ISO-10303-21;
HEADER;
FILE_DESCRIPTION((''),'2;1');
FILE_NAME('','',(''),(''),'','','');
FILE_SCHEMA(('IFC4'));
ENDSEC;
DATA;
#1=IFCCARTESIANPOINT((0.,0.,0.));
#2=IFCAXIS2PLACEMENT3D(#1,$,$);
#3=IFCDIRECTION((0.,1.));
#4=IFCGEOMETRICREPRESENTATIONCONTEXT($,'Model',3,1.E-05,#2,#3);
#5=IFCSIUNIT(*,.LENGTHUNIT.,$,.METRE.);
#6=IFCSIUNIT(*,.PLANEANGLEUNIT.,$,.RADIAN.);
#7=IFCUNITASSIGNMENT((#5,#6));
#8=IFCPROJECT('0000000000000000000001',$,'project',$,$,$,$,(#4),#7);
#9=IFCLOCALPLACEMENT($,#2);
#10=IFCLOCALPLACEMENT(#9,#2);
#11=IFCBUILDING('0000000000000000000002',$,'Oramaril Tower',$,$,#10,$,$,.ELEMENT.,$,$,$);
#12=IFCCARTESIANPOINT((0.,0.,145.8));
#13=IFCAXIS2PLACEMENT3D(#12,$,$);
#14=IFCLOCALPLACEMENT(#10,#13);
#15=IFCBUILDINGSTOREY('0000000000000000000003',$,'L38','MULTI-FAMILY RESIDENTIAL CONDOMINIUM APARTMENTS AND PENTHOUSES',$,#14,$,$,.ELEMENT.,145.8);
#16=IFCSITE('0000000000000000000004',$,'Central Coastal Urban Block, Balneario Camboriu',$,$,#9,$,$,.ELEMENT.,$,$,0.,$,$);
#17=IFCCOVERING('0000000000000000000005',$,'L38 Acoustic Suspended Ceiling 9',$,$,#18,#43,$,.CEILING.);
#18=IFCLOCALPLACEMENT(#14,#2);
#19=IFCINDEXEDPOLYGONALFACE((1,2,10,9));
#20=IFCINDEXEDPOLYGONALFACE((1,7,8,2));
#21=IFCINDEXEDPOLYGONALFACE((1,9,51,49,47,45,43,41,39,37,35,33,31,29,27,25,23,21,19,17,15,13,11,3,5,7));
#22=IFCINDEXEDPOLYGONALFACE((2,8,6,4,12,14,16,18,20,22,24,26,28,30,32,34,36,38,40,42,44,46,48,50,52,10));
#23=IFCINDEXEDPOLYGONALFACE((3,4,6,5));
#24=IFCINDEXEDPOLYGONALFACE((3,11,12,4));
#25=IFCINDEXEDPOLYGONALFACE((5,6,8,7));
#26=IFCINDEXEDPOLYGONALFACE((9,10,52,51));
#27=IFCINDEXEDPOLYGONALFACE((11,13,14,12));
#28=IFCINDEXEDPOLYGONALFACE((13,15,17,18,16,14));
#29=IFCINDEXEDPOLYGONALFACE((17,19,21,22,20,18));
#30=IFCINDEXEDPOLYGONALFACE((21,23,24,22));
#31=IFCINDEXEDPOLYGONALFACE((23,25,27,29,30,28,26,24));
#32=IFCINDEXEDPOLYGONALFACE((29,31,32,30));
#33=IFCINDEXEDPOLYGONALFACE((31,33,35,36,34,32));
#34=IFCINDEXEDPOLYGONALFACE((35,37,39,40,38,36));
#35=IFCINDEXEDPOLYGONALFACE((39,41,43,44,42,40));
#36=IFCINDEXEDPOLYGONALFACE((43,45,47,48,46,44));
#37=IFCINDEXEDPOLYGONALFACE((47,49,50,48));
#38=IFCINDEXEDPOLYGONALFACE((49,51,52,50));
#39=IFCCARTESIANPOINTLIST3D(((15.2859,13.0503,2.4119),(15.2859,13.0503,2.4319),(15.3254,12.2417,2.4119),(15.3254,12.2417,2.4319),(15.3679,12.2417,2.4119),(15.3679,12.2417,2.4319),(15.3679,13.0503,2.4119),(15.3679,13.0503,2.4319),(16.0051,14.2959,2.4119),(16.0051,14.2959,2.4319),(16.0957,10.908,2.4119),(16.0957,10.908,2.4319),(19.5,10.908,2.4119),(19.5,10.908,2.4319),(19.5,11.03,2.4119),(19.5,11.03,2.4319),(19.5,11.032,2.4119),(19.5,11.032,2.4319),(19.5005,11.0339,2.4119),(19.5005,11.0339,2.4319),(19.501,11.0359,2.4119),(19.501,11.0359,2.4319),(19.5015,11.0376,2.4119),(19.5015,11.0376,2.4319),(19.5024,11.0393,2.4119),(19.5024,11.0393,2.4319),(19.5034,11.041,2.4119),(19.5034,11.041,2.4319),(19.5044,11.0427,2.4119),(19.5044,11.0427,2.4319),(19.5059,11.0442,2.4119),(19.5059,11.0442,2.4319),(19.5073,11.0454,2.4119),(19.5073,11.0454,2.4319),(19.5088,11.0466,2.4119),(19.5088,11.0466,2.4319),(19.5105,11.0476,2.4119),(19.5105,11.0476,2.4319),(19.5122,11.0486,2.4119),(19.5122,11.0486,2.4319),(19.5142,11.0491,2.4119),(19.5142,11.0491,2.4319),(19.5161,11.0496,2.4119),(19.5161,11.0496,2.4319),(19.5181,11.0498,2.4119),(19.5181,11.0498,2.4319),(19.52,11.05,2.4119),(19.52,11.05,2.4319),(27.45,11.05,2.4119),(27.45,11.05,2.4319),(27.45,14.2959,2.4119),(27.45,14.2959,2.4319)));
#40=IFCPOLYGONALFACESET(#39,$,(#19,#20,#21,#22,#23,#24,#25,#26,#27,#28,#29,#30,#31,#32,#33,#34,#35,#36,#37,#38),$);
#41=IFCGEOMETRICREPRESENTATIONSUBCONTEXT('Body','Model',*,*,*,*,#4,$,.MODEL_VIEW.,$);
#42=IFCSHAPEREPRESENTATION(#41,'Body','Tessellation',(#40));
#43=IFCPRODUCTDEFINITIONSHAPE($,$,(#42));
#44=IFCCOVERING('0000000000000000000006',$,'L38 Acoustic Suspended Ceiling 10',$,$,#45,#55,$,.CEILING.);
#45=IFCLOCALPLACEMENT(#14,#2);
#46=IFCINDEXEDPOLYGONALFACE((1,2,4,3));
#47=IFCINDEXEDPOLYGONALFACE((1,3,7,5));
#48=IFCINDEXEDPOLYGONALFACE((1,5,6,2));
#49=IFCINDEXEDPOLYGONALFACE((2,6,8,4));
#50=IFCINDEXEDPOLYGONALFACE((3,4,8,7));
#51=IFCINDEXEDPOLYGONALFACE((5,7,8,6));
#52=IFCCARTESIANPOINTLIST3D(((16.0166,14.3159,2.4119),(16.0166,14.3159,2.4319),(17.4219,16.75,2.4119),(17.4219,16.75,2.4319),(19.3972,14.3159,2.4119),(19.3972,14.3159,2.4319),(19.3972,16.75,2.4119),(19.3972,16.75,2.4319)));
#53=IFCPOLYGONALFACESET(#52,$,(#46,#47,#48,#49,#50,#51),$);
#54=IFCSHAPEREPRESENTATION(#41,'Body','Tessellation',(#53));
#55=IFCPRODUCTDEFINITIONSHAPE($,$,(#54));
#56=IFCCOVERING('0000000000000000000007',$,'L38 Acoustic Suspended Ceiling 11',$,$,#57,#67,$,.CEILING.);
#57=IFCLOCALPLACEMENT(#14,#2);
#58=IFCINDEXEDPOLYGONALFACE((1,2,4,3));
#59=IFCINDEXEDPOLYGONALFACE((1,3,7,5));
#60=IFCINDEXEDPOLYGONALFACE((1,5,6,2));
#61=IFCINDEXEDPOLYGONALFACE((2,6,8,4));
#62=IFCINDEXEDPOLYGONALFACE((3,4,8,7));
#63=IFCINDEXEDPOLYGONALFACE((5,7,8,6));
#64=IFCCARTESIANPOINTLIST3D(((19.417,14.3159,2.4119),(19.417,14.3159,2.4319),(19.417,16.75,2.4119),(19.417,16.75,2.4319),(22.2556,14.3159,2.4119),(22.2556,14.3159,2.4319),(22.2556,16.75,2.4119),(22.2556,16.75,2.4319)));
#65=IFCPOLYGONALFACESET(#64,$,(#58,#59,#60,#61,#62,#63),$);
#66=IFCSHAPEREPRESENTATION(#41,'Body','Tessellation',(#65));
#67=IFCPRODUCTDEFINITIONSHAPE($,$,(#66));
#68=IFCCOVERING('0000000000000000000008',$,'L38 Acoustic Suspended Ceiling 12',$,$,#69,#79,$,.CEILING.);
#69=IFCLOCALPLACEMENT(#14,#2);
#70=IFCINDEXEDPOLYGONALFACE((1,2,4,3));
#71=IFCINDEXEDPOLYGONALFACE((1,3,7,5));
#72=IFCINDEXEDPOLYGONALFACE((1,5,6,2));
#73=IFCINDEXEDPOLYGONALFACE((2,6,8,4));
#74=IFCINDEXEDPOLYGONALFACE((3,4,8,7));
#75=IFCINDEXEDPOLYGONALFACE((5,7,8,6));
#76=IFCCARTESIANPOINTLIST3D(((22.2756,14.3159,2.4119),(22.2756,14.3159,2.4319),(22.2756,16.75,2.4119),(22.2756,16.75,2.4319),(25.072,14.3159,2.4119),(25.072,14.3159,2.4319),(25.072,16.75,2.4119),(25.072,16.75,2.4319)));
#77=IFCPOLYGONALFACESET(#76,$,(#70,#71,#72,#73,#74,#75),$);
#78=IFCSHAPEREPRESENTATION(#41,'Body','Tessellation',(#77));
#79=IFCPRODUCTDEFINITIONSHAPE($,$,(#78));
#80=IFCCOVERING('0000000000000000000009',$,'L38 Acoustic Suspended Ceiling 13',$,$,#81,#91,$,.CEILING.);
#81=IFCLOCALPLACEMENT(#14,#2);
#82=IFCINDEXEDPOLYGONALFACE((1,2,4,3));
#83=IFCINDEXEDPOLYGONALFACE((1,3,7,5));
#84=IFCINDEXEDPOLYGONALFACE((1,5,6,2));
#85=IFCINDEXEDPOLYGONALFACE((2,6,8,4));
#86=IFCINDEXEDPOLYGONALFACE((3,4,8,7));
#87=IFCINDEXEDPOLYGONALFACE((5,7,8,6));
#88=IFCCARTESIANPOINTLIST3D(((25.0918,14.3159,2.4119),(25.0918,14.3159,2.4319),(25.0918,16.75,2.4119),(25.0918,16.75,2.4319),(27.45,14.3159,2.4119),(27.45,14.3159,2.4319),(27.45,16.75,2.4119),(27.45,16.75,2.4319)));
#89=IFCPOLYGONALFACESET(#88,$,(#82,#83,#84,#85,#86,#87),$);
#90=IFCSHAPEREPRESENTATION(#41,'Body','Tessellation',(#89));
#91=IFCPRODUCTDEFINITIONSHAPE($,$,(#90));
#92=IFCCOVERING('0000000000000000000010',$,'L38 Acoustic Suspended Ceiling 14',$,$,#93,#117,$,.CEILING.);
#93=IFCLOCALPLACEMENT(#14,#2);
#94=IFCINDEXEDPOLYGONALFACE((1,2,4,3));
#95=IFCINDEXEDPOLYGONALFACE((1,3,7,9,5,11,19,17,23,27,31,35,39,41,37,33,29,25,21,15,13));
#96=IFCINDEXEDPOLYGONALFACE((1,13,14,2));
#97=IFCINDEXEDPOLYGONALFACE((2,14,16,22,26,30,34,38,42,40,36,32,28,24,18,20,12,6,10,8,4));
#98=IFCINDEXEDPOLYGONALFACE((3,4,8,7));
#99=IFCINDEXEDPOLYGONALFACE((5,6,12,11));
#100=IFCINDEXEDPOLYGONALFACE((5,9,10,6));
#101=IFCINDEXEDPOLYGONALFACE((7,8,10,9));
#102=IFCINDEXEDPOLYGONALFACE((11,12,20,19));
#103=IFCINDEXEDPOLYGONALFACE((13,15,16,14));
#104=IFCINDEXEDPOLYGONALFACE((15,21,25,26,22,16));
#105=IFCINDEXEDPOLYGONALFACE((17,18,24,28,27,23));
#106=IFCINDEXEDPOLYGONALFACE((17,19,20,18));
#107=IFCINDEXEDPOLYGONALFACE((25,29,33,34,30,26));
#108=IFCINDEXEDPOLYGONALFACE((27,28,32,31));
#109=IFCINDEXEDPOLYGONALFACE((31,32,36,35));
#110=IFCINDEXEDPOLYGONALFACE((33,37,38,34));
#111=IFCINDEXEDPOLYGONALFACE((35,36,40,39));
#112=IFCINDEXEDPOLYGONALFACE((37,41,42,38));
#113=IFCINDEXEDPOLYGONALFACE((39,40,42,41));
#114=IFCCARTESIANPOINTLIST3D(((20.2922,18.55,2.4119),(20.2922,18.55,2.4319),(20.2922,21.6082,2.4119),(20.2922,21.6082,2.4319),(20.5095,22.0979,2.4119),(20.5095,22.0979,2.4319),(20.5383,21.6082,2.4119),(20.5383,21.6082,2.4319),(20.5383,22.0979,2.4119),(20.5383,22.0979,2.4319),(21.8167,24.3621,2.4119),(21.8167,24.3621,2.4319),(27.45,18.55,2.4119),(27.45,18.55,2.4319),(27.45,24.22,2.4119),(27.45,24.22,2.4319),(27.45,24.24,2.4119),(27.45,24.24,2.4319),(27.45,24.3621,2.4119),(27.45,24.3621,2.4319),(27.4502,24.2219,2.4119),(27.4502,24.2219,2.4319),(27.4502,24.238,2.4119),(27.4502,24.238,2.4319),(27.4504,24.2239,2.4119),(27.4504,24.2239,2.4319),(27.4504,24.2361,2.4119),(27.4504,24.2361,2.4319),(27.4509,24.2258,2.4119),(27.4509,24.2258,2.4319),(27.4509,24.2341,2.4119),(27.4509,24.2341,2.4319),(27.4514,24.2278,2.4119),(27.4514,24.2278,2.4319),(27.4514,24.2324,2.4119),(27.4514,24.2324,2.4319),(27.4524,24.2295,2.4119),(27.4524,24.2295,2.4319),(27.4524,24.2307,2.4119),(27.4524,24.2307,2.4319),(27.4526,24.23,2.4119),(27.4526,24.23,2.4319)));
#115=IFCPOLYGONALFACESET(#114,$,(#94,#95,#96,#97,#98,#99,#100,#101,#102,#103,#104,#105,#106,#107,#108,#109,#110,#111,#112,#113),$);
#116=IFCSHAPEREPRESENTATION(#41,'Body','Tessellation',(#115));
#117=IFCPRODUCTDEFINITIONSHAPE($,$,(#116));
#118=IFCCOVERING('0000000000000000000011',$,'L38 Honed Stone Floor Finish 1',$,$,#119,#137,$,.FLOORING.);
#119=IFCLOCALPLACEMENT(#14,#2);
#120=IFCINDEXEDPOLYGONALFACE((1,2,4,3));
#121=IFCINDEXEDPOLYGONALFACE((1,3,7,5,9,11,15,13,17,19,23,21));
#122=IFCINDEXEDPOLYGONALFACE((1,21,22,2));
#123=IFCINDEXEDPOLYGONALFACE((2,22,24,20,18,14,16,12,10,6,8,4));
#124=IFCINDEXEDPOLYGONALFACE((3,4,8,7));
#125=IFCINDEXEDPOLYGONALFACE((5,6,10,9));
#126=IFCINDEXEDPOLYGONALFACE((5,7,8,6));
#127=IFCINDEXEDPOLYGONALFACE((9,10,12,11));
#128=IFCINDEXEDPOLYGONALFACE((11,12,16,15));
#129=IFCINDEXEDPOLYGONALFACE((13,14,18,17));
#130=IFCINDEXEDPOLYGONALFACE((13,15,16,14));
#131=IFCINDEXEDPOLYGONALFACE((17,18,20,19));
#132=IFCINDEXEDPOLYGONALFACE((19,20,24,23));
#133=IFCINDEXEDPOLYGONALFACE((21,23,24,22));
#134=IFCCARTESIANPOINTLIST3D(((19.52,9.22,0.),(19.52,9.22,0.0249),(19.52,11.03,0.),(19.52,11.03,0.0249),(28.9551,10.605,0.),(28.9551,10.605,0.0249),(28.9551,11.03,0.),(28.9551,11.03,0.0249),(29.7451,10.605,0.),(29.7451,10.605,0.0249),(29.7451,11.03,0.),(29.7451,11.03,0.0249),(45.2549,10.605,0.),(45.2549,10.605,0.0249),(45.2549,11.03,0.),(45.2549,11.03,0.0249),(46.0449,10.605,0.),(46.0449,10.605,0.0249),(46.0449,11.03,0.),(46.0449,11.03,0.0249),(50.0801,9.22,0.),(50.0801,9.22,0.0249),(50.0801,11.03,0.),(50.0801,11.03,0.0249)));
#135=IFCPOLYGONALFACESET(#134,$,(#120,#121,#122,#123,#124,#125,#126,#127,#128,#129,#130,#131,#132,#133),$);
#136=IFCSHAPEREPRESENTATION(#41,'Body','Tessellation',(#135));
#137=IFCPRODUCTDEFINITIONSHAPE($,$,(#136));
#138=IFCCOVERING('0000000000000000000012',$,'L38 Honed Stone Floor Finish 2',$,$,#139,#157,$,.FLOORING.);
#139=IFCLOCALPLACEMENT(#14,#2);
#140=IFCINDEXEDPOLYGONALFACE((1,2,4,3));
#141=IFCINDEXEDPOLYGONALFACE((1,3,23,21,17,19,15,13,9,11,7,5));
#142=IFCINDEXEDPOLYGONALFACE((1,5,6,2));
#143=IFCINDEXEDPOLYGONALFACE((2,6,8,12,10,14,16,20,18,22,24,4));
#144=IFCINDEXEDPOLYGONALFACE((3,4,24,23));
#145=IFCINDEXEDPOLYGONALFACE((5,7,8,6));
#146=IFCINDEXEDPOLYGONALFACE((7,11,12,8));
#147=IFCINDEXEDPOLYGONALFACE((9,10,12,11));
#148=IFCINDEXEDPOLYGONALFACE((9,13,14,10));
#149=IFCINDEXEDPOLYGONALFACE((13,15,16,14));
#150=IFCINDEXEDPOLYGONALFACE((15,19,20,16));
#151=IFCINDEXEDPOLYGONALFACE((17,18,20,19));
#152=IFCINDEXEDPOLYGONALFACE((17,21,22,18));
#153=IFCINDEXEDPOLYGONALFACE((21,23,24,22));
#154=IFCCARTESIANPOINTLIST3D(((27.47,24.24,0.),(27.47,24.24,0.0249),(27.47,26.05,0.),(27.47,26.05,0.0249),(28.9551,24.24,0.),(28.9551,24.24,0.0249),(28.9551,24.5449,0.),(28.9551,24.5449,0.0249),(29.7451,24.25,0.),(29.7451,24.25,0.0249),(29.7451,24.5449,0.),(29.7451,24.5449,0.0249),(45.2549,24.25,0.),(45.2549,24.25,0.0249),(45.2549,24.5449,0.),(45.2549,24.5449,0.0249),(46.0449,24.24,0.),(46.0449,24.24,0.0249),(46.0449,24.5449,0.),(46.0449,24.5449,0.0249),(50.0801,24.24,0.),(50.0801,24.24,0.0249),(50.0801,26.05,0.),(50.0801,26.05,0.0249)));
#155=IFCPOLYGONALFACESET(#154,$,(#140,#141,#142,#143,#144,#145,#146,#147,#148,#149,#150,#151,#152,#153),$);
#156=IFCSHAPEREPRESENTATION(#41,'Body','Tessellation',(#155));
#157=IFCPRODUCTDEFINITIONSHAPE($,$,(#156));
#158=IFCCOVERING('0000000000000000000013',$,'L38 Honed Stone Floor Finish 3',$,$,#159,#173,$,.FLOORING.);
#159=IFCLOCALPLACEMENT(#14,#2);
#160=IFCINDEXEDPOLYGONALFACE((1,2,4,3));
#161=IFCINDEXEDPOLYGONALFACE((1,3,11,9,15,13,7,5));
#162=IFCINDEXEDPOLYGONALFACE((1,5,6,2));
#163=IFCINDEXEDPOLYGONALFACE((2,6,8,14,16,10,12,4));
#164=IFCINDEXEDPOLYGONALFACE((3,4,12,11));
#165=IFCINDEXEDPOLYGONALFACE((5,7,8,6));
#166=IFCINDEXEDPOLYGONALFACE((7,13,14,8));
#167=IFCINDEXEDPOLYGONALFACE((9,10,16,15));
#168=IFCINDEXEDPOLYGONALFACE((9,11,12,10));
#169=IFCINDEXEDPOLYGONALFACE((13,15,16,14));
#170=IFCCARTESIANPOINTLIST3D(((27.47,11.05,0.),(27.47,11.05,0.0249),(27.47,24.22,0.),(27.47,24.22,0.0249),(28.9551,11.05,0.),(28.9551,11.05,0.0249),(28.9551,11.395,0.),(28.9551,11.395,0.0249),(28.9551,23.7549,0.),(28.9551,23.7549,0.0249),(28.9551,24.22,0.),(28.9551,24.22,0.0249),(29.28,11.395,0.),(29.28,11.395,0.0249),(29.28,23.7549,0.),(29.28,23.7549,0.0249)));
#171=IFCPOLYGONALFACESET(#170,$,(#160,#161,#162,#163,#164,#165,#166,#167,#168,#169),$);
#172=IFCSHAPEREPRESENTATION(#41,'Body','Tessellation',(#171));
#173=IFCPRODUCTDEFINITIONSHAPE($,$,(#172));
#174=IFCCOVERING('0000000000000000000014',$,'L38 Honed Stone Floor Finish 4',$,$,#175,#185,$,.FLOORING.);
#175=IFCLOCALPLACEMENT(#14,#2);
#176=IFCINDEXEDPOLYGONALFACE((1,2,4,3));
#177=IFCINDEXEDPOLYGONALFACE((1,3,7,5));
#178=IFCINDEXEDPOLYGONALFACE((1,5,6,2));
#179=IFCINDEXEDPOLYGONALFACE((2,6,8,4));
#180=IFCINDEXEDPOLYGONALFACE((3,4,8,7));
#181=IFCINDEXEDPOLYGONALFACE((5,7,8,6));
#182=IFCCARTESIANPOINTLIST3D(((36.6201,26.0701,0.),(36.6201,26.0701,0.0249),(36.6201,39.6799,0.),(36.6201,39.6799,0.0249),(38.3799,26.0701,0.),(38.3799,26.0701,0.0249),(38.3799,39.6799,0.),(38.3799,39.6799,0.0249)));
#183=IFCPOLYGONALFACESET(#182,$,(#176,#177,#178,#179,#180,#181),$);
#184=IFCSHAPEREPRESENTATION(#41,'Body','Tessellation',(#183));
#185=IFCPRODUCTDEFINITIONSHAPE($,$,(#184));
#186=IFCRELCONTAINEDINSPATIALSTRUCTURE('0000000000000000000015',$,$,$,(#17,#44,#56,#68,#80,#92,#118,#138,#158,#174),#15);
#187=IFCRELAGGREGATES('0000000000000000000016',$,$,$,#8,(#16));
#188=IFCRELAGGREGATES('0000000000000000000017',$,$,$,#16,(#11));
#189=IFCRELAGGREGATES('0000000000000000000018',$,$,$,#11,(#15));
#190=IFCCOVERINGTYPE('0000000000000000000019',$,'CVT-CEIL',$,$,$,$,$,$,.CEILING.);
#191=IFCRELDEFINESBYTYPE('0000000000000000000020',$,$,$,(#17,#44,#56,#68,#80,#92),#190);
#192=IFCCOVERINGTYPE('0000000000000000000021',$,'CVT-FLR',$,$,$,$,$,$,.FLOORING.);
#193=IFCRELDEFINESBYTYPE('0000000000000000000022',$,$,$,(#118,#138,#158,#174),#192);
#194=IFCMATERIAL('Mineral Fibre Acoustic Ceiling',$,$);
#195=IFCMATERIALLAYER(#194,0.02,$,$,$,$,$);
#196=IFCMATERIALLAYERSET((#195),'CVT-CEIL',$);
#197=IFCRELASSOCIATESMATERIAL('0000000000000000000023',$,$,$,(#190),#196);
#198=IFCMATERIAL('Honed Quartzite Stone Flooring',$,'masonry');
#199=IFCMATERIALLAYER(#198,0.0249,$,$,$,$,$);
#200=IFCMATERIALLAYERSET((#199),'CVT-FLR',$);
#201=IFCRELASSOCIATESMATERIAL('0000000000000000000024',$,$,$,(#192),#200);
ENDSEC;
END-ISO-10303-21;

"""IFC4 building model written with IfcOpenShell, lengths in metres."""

from ifc_helpers import new_model, si_unit, direction, frame, origin, place, context, subcontext, project, spatial, polyline, outline, extrude, material, layer, layer_set, type_object, element, save


model = new_model("IFC4")

# Units and contexts
model_context = context("Model", 3, precision=1e-05, world=origin(), true_north=direction((0.0, 1.0)))
body_context = subcontext(model_context, "Body", "Model", "MODEL_VIEW")
ifc_project = project(units=[si_unit("LENGTHUNIT", "METRE"), si_unit("PLANEANGLEUNIT", "RADIAN")], contexts=[model_context])

# Site, building, storey
site_placement = place(None, origin())
site = spatial("IfcSite", under=ifc_project, at=site_placement, Name="Central Coastal Urban Block, Balneario Camboriu", CompositionType="ELEMENT", RefElevation=0.0)
building_placement = place(site_placement, origin())
building = spatial("IfcBuilding", under=site, at=building_placement, Name="Oramaril Tower", CompositionType="ELEMENT")
storey_placement = place(building_placement, frame((0.0, 0.0, 145.8)))
storey = spatial("IfcBuildingStorey", under=building, at=storey_placement, Name="L38", Description="MULTI-FAMILY RESIDENTIAL CONDOMINIUM APARTMENTS AND PENTHOUSES", CompositionType="ELEMENT", Elevation=145.8)

# Coverings
ifc_material_1 = material(Name="Mineral Fibre Acoustic Ceiling")
ifc_layer_1 = layer(ifc_material_1, 0.02)
ifc_layer_set_1 = layer_set([ifc_layer_1], Name="CVT-CEIL")
covering_type_1 = type_object("IfcCoveringType", Name="CVT-CEIL", PredefinedType="CEILING", material=ifc_layer_set_1)
covering_1_placement = place(storey_placement, frame((0.0, 0.0, 2.4119)))
element("IfcCovering", 1, at=covering_1_placement, inside=storey, type_object=covering_type_1, Name="L38 Acoustic Suspended Ceiling 9", PredefinedType="CEILING", context=body_context, shape_type="SweptSolid", body=[
    extrude(outline(polyline([(16.0957, 10.908), (15.3254, 12.2417), (15.3679, 12.2417), (15.3679, 13.0503), (15.2859, 13.0503), (16.0051, 14.2959), (27.45, 14.2959), (27.45, 11.05), (19.52, 11.05), (19.5181, 11.0498), (19.5161, 11.0496), (19.5142, 11.0491), (19.5122, 11.0486), (19.5105, 11.0476), (19.5088, 11.0466), (19.5073, 11.0454), (19.5059, 11.0442), (19.5044, 11.0427), (19.5034, 11.041), (19.5024, 11.0393), (19.5015, 11.0376), (19.501, 11.0359), (19.5005, 11.0339), (19.5, 11.032), (19.5, 11.03), (19.5, 10.908), (16.0957, 10.908)])), origin(), (0.0, 0.0, 1.0), 0.02),
])
covering_2_placement = place(storey_placement, frame((0.0, 0.0, 2.4119)))
element("IfcCovering", 2, at=covering_2_placement, inside=storey, type_object=covering_type_1, Name="L38 Acoustic Suspended Ceiling 10", PredefinedType="CEILING", context=body_context, shape_type="SweptSolid", body=[
    extrude(outline(polyline([(17.4219, 16.75), (19.3972, 16.75), (19.3972, 14.3159), (16.0166, 14.3159), (17.4219, 16.75)])), origin(), (0.0, 0.0, 1.0), 0.02),
])
covering_3_placement = place(storey_placement, frame((0.0, 0.0, 2.4119)))
element("IfcCovering", 3, at=covering_3_placement, inside=storey, type_object=covering_type_1, Name="L38 Acoustic Suspended Ceiling 11", PredefinedType="CEILING", context=body_context, shape_type="SweptSolid", body=[
    extrude(outline(polyline([(22.2556, 14.3159), (19.417, 14.3159), (19.417, 16.75), (22.2556, 16.75), (22.2556, 14.3159)])), origin(), (0.0, 0.0, 1.0), 0.02),
])
covering_4_placement = place(storey_placement, frame((0.0, 0.0, 2.4119)))
element("IfcCovering", 4, at=covering_4_placement, inside=storey, type_object=covering_type_1, Name="L38 Acoustic Suspended Ceiling 12", PredefinedType="CEILING", context=body_context, shape_type="SweptSolid", body=[
    extrude(outline(polyline([(25.072, 14.3159), (22.2756, 14.3159), (22.2756, 16.75), (25.072, 16.75), (25.072, 14.3159)])), origin(), (0.0, 0.0, 1.0), 0.02),
])
covering_5_placement = place(storey_placement, frame((0.0, 0.0, 2.4119)))
element("IfcCovering", 5, at=covering_5_placement, inside=storey, type_object=covering_type_1, Name="L38 Acoustic Suspended Ceiling 13", PredefinedType="CEILING", context=body_context, shape_type="SweptSolid", body=[
    extrude(outline(polyline([(25.0918, 16.75), (27.45, 16.75), (27.45, 14.3159), (25.0918, 14.3159), (25.0918, 16.75)])), origin(), (0.0, 0.0, 1.0), 0.02),
])
covering_6_placement = place(storey_placement, frame((0.0, 0.0, 2.4119)))
element("IfcCovering", 6, at=covering_6_placement, inside=storey, type_object=covering_type_1, Name="L38 Acoustic Suspended Ceiling 14", PredefinedType="CEILING", context=body_context, shape_type="SweptSolid", body=[
    extrude(outline(polyline([(20.2922, 21.6082), (20.5383, 21.6082), (20.5383, 22.0979), (20.5095, 22.0979), (21.8167, 24.3621), (27.45, 24.3621), (27.45, 24.24), (27.4502, 24.238), (27.4504, 24.2361), (27.4509, 24.2341), (27.4514, 24.2324), (27.4524, 24.2307), (27.4526, 24.23), (27.4524, 24.2295), (27.4514, 24.2278), (27.4509, 24.2258), (27.4504, 24.2239), (27.4502, 24.2219), (27.45, 24.22), (27.45, 18.55), (20.2922, 18.55), (20.2922, 21.6082)])), origin(), (0.0, 0.0, 1.0), 0.02),
])
ifc_material_2 = material(Name="Honed Quartzite Stone Flooring", Category="masonry")
ifc_layer_2 = layer(ifc_material_2, 0.0249)
ifc_layer_set_2 = layer_set([ifc_layer_2], Name="CVT-FLR")
covering_type_2 = type_object("IfcCoveringType", Name="CVT-FLR", PredefinedType="FLOORING", material=ifc_layer_set_2)
covering_7_placement = place(storey_placement, origin())
element("IfcCovering", 7, at=covering_7_placement, inside=storey, type_object=covering_type_2, Name="L38 Honed Stone Floor Finish 1", PredefinedType="FLOORING", context=body_context, shape_type="SweptSolid", body=[
    extrude(outline(polyline([(28.9551, 10.605), (29.7451, 10.605), (29.7451, 11.03), (45.2549, 11.03), (45.2549, 10.605), (46.0449, 10.605), (46.0449, 11.03), (50.0801, 11.03), (50.0801, 9.22), (19.52, 9.22), (19.52, 11.03), (28.9551, 11.03), (28.9551, 10.605)])), origin(), (0.0, 0.0, 1.0), 0.0249),
])
covering_8_placement = place(storey_placement, origin())
element("IfcCovering", 8, at=covering_8_placement, inside=storey, type_object=covering_type_2, Name="L38 Honed Stone Floor Finish 2", PredefinedType="FLOORING", context=body_context, shape_type="SweptSolid", body=[
    extrude(outline(polyline([(50.0801, 24.24), (46.0449, 24.24), (46.0449, 24.5449), (45.2549, 24.5449), (45.2549, 24.25), (29.7451, 24.25), (29.7451, 24.5449), (28.9551, 24.5449), (28.9551, 24.24), (27.47, 24.24), (27.47, 26.05), (50.0801, 26.05), (50.0801, 24.24)])), origin(), (0.0, 0.0, 1.0), 0.0249),
])
covering_9_placement = place(storey_placement, origin())
element("IfcCovering", 9, at=covering_9_placement, inside=storey, type_object=covering_type_2, Name="L38 Honed Stone Floor Finish 3", PredefinedType="FLOORING", context=body_context, shape_type="SweptSolid", body=[
    extrude(outline(polyline([(28.9551, 23.7549), (29.28, 23.7549), (29.28, 11.395), (28.9551, 11.395), (28.9551, 11.05), (27.47, 11.05), (27.47, 24.22), (28.9551, 24.22), (28.9551, 23.7549)])), origin(), (0.0, 0.0, 1.0), 0.0249),
])
covering_10_placement = place(storey_placement, origin())
element("IfcCovering", 10, at=covering_10_placement, inside=storey, type_object=covering_type_2, Name="L38 Honed Stone Floor Finish 4", PredefinedType="FLOORING", context=body_context, shape_type="SweptSolid", body=[
    extrude(outline(polyline([(38.3799, 26.0701), (36.6201, 26.0701), (36.6201, 39.6799), (38.3799, 39.6799), (38.3799, 26.0701)])), origin(), (0.0, 0.0, 1.0), 0.0249),
])

save(model, "model.ifc")
